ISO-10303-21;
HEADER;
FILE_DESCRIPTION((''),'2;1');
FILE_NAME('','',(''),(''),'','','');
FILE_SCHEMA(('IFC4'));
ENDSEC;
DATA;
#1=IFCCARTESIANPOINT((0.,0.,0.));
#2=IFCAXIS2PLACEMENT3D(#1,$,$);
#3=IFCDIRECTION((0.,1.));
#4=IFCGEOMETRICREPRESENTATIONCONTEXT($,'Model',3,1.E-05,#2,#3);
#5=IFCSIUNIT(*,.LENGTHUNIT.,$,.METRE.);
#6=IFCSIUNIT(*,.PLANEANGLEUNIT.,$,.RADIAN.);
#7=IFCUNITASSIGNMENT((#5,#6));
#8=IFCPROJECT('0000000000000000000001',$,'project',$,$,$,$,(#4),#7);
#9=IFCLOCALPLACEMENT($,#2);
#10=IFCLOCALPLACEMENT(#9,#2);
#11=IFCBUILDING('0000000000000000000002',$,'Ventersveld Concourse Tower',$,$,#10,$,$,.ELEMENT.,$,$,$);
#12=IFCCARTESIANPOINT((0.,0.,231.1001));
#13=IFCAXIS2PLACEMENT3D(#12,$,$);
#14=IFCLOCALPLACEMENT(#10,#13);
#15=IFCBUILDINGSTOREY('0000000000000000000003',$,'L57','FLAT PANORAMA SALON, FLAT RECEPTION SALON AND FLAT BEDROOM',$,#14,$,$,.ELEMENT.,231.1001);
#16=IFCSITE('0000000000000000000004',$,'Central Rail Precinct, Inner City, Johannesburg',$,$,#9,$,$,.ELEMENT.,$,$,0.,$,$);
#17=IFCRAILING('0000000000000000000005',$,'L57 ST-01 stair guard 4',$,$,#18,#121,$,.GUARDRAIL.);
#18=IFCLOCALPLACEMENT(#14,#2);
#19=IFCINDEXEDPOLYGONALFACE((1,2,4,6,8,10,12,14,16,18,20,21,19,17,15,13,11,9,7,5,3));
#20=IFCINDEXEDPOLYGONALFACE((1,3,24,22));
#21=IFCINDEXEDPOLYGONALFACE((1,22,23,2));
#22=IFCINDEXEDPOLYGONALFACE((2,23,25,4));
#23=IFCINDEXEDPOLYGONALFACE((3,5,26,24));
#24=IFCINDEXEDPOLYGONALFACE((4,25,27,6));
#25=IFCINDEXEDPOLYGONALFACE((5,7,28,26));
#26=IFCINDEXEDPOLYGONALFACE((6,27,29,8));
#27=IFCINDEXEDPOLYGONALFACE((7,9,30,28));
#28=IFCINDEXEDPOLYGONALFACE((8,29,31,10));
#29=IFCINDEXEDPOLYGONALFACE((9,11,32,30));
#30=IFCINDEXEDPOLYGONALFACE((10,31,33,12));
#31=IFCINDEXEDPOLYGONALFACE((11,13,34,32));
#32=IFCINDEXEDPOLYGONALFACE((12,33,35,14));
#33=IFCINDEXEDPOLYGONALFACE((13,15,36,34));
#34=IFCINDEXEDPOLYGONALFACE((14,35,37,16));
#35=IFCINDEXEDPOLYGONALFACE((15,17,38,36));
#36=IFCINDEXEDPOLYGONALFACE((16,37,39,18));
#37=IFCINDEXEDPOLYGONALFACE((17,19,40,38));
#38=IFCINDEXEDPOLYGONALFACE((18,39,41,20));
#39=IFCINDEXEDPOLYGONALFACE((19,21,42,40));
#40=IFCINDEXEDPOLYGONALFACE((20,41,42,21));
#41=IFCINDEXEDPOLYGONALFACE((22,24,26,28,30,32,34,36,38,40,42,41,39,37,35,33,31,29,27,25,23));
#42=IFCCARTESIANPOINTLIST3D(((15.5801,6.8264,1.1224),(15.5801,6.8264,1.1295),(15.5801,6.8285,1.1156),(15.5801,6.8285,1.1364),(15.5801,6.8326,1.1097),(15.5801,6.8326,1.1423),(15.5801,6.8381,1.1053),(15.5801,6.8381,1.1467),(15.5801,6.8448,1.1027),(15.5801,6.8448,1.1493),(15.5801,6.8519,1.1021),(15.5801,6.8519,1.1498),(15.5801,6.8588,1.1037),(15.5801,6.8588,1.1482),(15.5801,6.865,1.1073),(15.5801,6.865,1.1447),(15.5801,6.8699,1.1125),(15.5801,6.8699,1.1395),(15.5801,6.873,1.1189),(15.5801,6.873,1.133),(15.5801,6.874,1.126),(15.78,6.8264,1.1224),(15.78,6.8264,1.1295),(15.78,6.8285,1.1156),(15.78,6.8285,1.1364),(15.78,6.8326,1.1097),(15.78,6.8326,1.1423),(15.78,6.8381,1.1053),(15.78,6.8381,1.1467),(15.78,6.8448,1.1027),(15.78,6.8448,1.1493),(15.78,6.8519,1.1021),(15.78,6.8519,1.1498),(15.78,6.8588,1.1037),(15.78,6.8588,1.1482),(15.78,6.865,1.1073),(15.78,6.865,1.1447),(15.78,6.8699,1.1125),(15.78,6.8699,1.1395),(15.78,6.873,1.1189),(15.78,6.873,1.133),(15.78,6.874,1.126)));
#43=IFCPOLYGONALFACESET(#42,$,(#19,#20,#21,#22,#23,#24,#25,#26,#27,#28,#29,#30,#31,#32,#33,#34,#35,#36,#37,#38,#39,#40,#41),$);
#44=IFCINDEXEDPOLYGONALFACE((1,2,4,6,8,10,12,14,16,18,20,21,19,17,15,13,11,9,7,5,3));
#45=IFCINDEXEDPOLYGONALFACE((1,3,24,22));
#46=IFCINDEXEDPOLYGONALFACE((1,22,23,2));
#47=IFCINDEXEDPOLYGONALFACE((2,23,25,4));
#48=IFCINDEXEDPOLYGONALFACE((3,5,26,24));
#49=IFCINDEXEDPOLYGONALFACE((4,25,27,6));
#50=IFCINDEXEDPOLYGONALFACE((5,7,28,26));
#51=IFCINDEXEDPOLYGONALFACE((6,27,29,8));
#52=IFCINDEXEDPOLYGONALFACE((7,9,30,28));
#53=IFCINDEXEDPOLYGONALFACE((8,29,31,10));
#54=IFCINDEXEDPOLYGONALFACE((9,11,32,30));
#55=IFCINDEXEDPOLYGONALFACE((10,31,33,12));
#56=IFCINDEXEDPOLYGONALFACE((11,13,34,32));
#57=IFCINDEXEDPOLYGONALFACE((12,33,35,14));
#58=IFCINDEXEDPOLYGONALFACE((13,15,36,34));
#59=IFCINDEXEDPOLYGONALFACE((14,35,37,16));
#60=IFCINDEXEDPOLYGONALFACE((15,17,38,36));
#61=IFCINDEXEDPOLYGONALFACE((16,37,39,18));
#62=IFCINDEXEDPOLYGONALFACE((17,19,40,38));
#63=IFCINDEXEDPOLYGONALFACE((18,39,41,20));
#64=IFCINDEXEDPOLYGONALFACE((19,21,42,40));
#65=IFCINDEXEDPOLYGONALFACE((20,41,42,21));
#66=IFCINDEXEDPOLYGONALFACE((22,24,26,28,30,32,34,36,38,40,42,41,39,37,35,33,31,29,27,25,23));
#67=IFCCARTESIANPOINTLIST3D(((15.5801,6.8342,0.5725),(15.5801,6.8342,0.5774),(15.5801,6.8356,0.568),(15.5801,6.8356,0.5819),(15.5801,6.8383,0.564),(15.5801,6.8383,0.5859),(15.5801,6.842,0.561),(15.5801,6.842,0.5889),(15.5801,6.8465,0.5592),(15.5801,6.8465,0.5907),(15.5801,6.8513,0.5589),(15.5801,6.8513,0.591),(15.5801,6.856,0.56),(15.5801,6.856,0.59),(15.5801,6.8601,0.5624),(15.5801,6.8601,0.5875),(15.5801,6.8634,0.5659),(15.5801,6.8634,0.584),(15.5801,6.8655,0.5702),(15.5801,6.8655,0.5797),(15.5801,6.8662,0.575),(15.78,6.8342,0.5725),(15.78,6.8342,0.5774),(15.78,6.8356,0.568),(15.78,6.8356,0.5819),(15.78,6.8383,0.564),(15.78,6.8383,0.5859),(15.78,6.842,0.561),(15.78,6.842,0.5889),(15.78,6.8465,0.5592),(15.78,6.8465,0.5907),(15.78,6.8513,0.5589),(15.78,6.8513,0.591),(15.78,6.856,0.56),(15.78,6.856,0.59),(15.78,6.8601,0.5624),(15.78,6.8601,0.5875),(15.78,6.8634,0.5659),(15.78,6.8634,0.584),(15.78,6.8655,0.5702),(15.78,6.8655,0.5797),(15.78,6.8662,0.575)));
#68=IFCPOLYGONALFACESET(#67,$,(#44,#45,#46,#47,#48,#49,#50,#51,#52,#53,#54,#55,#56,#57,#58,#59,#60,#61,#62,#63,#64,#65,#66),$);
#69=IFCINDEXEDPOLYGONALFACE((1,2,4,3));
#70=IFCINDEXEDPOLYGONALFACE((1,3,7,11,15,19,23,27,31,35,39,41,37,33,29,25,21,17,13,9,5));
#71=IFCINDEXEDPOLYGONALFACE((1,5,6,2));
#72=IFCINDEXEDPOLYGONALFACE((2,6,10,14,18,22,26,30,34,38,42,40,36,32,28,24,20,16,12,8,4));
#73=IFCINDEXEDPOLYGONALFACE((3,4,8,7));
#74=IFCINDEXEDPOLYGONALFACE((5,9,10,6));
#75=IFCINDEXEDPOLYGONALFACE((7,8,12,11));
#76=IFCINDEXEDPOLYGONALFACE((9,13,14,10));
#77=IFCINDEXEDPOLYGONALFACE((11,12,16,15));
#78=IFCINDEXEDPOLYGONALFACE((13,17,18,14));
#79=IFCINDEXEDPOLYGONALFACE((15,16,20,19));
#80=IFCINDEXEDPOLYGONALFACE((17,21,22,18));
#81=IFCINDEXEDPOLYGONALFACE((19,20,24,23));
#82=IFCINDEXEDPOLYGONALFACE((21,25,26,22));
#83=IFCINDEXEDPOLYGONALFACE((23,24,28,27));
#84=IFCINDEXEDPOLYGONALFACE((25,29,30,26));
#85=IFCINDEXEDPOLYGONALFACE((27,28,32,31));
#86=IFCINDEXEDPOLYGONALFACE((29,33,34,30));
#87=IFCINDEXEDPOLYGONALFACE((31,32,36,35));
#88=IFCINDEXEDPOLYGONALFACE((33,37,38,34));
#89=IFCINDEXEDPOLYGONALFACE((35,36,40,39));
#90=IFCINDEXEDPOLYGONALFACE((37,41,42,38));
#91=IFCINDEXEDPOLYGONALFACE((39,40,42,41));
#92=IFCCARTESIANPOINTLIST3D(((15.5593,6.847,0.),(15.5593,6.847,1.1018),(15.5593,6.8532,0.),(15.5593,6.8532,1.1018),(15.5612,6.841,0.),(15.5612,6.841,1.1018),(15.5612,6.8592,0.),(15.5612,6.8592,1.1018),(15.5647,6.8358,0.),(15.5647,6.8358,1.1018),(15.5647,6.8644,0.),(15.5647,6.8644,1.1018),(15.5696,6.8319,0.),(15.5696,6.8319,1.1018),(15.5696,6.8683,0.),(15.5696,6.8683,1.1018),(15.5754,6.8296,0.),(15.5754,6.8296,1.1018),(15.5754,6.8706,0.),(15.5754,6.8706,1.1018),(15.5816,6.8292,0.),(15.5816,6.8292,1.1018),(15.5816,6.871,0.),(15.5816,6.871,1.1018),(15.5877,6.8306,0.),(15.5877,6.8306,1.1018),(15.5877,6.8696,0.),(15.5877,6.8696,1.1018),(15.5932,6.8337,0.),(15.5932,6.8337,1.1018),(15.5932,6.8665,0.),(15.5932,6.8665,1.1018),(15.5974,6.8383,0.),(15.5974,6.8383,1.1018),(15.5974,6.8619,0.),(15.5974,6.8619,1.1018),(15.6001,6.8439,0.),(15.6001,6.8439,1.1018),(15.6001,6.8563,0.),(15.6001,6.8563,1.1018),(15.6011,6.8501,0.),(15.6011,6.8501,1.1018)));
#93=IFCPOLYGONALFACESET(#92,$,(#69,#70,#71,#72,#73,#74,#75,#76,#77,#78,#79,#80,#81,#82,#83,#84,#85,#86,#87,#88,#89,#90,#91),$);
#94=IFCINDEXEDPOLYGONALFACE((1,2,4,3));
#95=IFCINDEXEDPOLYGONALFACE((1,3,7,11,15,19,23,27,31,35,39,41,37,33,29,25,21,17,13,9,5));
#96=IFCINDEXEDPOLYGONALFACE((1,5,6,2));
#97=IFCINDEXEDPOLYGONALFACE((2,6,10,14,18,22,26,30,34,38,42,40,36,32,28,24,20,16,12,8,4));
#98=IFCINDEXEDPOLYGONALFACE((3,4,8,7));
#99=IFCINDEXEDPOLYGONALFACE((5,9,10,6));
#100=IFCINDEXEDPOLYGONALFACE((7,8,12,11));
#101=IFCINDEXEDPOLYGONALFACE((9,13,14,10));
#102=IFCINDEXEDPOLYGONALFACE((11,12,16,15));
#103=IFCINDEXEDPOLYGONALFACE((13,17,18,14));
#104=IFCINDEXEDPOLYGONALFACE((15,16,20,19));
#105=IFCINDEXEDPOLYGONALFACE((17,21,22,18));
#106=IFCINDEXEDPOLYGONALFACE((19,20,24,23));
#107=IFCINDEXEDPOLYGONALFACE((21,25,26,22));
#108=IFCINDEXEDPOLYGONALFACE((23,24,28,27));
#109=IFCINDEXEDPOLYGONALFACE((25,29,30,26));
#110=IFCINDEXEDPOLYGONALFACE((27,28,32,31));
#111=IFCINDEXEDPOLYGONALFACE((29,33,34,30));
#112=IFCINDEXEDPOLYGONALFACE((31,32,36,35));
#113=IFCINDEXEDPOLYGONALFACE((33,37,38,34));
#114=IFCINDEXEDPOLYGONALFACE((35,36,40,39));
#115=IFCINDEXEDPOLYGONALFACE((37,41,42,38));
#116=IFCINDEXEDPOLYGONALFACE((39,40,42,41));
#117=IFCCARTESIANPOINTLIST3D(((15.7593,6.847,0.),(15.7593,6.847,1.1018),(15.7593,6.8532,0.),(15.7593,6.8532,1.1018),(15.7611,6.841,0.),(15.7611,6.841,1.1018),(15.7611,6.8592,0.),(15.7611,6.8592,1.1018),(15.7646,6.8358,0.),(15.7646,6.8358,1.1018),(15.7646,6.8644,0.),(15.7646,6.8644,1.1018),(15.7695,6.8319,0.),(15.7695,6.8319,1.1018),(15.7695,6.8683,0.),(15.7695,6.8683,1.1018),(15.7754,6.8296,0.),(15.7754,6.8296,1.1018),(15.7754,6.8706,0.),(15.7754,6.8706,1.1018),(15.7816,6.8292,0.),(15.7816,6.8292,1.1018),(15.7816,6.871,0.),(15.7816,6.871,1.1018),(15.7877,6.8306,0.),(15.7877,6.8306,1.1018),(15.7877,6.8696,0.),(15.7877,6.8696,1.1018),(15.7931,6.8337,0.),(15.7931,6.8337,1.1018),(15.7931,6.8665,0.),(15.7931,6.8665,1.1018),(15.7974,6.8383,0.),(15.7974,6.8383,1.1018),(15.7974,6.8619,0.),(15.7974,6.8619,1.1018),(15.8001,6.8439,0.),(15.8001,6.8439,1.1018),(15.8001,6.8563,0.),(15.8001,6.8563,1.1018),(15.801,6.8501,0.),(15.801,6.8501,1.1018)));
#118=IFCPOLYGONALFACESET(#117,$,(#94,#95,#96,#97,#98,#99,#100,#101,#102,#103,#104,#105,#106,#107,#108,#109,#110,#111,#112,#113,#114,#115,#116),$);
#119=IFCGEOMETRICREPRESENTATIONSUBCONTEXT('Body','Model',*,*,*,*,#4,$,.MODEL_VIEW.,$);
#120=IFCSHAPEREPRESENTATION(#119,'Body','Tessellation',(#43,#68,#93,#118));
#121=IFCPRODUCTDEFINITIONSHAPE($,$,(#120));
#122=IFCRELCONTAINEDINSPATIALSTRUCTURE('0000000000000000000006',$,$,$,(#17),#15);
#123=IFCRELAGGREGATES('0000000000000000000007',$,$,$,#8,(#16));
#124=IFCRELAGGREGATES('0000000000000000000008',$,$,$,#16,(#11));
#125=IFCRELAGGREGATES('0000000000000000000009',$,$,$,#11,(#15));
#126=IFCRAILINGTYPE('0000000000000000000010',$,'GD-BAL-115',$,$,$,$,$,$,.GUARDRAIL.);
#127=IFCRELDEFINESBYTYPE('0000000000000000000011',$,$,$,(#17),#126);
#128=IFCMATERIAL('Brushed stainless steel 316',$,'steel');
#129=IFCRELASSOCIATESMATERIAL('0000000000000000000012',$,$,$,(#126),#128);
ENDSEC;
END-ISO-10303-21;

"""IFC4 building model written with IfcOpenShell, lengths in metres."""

from ifc_helpers import new_model, si_unit, direction, frame, origin, origin_2d, place, context, subcontext, project, spatial, circle, extrude, material, type_object, element, save


model = new_model("IFC4")

# Units and contexts
model_context = context("Model", 3, precision=1e-05, world=origin(), true_north=direction((0.0, 1.0)))
body_context = subcontext(model_context, "Body", "Model", "MODEL_VIEW")
ifc_project = project(units=[si_unit("LENGTHUNIT", "METRE"), si_unit("PLANEANGLEUNIT", "RADIAN")], contexts=[model_context])

# Site, building, storey
site_placement = place(None, origin())
site = spatial("IfcSite", under=ifc_project, at=site_placement, Name="Central Rail Precinct, Inner City, Johannesburg", CompositionType="ELEMENT", RefElevation=0.0)
building_placement = place(site_placement, origin())
building = spatial("IfcBuilding", under=site, at=building_placement, Name="Ventersveld Concourse Tower", CompositionType="ELEMENT")
storey_placement = place(building_placement, frame((0.0, 0.0, 231.1001)))
storey = spatial("IfcBuildingStorey", under=building, at=storey_placement, Name="L57", Description="FLAT PANORAMA SALON, FLAT RECEPTION SALON AND FLAT BEDROOM", CompositionType="ELEMENT", Elevation=231.1001)

# Shared definitions
ifc_material_1 = material(Name="Brushed stainless steel 316", Category="steel")

# Railing
railing_type_1 = type_object("IfcRailingType", Name="GD-BAL-115", PredefinedType="GUARDRAIL", material=ifc_material_1)
railing_1_placement = place(storey_placement, frame((15.5801, 6.8501, 0.0)))
element("IfcRailing", 1, at=railing_1_placement, inside=storey, type_object=railing_type_1, Name="L57 ST-01 stair guard 4", PredefinedType="GUARDRAIL", context=body_context, shape_type="SweptSolid", body=[
    extrude(circle(Radius=0.0239, at=origin_2d()), frame((0.0, 0.0, 1.126), z_axis=(1.0, 0.0, 0.0), x_axis=(0.0, 1.0, 0.0)), (0.0, 0.0, 1.0), 0.2),
    extrude(circle(Radius=0.0161, at=origin_2d()), frame((0.0, 0.0, 0.575), z_axis=(1.0, 0.0, 0.0), x_axis=(0.0, 1.0, 0.0)), (0.0, 0.0, 1.0), 0.2),
    extrude(circle(Radius=0.021, at=origin_2d()), origin(), (0.0, 0.0, 1.0), 1.1018),
    extrude(circle(Radius=0.021, at=origin_2d()), frame((0.2, 0.0, 0.0)), (0.0, 0.0, 1.0), 1.1018),
])

save(model, "model.ifc")
